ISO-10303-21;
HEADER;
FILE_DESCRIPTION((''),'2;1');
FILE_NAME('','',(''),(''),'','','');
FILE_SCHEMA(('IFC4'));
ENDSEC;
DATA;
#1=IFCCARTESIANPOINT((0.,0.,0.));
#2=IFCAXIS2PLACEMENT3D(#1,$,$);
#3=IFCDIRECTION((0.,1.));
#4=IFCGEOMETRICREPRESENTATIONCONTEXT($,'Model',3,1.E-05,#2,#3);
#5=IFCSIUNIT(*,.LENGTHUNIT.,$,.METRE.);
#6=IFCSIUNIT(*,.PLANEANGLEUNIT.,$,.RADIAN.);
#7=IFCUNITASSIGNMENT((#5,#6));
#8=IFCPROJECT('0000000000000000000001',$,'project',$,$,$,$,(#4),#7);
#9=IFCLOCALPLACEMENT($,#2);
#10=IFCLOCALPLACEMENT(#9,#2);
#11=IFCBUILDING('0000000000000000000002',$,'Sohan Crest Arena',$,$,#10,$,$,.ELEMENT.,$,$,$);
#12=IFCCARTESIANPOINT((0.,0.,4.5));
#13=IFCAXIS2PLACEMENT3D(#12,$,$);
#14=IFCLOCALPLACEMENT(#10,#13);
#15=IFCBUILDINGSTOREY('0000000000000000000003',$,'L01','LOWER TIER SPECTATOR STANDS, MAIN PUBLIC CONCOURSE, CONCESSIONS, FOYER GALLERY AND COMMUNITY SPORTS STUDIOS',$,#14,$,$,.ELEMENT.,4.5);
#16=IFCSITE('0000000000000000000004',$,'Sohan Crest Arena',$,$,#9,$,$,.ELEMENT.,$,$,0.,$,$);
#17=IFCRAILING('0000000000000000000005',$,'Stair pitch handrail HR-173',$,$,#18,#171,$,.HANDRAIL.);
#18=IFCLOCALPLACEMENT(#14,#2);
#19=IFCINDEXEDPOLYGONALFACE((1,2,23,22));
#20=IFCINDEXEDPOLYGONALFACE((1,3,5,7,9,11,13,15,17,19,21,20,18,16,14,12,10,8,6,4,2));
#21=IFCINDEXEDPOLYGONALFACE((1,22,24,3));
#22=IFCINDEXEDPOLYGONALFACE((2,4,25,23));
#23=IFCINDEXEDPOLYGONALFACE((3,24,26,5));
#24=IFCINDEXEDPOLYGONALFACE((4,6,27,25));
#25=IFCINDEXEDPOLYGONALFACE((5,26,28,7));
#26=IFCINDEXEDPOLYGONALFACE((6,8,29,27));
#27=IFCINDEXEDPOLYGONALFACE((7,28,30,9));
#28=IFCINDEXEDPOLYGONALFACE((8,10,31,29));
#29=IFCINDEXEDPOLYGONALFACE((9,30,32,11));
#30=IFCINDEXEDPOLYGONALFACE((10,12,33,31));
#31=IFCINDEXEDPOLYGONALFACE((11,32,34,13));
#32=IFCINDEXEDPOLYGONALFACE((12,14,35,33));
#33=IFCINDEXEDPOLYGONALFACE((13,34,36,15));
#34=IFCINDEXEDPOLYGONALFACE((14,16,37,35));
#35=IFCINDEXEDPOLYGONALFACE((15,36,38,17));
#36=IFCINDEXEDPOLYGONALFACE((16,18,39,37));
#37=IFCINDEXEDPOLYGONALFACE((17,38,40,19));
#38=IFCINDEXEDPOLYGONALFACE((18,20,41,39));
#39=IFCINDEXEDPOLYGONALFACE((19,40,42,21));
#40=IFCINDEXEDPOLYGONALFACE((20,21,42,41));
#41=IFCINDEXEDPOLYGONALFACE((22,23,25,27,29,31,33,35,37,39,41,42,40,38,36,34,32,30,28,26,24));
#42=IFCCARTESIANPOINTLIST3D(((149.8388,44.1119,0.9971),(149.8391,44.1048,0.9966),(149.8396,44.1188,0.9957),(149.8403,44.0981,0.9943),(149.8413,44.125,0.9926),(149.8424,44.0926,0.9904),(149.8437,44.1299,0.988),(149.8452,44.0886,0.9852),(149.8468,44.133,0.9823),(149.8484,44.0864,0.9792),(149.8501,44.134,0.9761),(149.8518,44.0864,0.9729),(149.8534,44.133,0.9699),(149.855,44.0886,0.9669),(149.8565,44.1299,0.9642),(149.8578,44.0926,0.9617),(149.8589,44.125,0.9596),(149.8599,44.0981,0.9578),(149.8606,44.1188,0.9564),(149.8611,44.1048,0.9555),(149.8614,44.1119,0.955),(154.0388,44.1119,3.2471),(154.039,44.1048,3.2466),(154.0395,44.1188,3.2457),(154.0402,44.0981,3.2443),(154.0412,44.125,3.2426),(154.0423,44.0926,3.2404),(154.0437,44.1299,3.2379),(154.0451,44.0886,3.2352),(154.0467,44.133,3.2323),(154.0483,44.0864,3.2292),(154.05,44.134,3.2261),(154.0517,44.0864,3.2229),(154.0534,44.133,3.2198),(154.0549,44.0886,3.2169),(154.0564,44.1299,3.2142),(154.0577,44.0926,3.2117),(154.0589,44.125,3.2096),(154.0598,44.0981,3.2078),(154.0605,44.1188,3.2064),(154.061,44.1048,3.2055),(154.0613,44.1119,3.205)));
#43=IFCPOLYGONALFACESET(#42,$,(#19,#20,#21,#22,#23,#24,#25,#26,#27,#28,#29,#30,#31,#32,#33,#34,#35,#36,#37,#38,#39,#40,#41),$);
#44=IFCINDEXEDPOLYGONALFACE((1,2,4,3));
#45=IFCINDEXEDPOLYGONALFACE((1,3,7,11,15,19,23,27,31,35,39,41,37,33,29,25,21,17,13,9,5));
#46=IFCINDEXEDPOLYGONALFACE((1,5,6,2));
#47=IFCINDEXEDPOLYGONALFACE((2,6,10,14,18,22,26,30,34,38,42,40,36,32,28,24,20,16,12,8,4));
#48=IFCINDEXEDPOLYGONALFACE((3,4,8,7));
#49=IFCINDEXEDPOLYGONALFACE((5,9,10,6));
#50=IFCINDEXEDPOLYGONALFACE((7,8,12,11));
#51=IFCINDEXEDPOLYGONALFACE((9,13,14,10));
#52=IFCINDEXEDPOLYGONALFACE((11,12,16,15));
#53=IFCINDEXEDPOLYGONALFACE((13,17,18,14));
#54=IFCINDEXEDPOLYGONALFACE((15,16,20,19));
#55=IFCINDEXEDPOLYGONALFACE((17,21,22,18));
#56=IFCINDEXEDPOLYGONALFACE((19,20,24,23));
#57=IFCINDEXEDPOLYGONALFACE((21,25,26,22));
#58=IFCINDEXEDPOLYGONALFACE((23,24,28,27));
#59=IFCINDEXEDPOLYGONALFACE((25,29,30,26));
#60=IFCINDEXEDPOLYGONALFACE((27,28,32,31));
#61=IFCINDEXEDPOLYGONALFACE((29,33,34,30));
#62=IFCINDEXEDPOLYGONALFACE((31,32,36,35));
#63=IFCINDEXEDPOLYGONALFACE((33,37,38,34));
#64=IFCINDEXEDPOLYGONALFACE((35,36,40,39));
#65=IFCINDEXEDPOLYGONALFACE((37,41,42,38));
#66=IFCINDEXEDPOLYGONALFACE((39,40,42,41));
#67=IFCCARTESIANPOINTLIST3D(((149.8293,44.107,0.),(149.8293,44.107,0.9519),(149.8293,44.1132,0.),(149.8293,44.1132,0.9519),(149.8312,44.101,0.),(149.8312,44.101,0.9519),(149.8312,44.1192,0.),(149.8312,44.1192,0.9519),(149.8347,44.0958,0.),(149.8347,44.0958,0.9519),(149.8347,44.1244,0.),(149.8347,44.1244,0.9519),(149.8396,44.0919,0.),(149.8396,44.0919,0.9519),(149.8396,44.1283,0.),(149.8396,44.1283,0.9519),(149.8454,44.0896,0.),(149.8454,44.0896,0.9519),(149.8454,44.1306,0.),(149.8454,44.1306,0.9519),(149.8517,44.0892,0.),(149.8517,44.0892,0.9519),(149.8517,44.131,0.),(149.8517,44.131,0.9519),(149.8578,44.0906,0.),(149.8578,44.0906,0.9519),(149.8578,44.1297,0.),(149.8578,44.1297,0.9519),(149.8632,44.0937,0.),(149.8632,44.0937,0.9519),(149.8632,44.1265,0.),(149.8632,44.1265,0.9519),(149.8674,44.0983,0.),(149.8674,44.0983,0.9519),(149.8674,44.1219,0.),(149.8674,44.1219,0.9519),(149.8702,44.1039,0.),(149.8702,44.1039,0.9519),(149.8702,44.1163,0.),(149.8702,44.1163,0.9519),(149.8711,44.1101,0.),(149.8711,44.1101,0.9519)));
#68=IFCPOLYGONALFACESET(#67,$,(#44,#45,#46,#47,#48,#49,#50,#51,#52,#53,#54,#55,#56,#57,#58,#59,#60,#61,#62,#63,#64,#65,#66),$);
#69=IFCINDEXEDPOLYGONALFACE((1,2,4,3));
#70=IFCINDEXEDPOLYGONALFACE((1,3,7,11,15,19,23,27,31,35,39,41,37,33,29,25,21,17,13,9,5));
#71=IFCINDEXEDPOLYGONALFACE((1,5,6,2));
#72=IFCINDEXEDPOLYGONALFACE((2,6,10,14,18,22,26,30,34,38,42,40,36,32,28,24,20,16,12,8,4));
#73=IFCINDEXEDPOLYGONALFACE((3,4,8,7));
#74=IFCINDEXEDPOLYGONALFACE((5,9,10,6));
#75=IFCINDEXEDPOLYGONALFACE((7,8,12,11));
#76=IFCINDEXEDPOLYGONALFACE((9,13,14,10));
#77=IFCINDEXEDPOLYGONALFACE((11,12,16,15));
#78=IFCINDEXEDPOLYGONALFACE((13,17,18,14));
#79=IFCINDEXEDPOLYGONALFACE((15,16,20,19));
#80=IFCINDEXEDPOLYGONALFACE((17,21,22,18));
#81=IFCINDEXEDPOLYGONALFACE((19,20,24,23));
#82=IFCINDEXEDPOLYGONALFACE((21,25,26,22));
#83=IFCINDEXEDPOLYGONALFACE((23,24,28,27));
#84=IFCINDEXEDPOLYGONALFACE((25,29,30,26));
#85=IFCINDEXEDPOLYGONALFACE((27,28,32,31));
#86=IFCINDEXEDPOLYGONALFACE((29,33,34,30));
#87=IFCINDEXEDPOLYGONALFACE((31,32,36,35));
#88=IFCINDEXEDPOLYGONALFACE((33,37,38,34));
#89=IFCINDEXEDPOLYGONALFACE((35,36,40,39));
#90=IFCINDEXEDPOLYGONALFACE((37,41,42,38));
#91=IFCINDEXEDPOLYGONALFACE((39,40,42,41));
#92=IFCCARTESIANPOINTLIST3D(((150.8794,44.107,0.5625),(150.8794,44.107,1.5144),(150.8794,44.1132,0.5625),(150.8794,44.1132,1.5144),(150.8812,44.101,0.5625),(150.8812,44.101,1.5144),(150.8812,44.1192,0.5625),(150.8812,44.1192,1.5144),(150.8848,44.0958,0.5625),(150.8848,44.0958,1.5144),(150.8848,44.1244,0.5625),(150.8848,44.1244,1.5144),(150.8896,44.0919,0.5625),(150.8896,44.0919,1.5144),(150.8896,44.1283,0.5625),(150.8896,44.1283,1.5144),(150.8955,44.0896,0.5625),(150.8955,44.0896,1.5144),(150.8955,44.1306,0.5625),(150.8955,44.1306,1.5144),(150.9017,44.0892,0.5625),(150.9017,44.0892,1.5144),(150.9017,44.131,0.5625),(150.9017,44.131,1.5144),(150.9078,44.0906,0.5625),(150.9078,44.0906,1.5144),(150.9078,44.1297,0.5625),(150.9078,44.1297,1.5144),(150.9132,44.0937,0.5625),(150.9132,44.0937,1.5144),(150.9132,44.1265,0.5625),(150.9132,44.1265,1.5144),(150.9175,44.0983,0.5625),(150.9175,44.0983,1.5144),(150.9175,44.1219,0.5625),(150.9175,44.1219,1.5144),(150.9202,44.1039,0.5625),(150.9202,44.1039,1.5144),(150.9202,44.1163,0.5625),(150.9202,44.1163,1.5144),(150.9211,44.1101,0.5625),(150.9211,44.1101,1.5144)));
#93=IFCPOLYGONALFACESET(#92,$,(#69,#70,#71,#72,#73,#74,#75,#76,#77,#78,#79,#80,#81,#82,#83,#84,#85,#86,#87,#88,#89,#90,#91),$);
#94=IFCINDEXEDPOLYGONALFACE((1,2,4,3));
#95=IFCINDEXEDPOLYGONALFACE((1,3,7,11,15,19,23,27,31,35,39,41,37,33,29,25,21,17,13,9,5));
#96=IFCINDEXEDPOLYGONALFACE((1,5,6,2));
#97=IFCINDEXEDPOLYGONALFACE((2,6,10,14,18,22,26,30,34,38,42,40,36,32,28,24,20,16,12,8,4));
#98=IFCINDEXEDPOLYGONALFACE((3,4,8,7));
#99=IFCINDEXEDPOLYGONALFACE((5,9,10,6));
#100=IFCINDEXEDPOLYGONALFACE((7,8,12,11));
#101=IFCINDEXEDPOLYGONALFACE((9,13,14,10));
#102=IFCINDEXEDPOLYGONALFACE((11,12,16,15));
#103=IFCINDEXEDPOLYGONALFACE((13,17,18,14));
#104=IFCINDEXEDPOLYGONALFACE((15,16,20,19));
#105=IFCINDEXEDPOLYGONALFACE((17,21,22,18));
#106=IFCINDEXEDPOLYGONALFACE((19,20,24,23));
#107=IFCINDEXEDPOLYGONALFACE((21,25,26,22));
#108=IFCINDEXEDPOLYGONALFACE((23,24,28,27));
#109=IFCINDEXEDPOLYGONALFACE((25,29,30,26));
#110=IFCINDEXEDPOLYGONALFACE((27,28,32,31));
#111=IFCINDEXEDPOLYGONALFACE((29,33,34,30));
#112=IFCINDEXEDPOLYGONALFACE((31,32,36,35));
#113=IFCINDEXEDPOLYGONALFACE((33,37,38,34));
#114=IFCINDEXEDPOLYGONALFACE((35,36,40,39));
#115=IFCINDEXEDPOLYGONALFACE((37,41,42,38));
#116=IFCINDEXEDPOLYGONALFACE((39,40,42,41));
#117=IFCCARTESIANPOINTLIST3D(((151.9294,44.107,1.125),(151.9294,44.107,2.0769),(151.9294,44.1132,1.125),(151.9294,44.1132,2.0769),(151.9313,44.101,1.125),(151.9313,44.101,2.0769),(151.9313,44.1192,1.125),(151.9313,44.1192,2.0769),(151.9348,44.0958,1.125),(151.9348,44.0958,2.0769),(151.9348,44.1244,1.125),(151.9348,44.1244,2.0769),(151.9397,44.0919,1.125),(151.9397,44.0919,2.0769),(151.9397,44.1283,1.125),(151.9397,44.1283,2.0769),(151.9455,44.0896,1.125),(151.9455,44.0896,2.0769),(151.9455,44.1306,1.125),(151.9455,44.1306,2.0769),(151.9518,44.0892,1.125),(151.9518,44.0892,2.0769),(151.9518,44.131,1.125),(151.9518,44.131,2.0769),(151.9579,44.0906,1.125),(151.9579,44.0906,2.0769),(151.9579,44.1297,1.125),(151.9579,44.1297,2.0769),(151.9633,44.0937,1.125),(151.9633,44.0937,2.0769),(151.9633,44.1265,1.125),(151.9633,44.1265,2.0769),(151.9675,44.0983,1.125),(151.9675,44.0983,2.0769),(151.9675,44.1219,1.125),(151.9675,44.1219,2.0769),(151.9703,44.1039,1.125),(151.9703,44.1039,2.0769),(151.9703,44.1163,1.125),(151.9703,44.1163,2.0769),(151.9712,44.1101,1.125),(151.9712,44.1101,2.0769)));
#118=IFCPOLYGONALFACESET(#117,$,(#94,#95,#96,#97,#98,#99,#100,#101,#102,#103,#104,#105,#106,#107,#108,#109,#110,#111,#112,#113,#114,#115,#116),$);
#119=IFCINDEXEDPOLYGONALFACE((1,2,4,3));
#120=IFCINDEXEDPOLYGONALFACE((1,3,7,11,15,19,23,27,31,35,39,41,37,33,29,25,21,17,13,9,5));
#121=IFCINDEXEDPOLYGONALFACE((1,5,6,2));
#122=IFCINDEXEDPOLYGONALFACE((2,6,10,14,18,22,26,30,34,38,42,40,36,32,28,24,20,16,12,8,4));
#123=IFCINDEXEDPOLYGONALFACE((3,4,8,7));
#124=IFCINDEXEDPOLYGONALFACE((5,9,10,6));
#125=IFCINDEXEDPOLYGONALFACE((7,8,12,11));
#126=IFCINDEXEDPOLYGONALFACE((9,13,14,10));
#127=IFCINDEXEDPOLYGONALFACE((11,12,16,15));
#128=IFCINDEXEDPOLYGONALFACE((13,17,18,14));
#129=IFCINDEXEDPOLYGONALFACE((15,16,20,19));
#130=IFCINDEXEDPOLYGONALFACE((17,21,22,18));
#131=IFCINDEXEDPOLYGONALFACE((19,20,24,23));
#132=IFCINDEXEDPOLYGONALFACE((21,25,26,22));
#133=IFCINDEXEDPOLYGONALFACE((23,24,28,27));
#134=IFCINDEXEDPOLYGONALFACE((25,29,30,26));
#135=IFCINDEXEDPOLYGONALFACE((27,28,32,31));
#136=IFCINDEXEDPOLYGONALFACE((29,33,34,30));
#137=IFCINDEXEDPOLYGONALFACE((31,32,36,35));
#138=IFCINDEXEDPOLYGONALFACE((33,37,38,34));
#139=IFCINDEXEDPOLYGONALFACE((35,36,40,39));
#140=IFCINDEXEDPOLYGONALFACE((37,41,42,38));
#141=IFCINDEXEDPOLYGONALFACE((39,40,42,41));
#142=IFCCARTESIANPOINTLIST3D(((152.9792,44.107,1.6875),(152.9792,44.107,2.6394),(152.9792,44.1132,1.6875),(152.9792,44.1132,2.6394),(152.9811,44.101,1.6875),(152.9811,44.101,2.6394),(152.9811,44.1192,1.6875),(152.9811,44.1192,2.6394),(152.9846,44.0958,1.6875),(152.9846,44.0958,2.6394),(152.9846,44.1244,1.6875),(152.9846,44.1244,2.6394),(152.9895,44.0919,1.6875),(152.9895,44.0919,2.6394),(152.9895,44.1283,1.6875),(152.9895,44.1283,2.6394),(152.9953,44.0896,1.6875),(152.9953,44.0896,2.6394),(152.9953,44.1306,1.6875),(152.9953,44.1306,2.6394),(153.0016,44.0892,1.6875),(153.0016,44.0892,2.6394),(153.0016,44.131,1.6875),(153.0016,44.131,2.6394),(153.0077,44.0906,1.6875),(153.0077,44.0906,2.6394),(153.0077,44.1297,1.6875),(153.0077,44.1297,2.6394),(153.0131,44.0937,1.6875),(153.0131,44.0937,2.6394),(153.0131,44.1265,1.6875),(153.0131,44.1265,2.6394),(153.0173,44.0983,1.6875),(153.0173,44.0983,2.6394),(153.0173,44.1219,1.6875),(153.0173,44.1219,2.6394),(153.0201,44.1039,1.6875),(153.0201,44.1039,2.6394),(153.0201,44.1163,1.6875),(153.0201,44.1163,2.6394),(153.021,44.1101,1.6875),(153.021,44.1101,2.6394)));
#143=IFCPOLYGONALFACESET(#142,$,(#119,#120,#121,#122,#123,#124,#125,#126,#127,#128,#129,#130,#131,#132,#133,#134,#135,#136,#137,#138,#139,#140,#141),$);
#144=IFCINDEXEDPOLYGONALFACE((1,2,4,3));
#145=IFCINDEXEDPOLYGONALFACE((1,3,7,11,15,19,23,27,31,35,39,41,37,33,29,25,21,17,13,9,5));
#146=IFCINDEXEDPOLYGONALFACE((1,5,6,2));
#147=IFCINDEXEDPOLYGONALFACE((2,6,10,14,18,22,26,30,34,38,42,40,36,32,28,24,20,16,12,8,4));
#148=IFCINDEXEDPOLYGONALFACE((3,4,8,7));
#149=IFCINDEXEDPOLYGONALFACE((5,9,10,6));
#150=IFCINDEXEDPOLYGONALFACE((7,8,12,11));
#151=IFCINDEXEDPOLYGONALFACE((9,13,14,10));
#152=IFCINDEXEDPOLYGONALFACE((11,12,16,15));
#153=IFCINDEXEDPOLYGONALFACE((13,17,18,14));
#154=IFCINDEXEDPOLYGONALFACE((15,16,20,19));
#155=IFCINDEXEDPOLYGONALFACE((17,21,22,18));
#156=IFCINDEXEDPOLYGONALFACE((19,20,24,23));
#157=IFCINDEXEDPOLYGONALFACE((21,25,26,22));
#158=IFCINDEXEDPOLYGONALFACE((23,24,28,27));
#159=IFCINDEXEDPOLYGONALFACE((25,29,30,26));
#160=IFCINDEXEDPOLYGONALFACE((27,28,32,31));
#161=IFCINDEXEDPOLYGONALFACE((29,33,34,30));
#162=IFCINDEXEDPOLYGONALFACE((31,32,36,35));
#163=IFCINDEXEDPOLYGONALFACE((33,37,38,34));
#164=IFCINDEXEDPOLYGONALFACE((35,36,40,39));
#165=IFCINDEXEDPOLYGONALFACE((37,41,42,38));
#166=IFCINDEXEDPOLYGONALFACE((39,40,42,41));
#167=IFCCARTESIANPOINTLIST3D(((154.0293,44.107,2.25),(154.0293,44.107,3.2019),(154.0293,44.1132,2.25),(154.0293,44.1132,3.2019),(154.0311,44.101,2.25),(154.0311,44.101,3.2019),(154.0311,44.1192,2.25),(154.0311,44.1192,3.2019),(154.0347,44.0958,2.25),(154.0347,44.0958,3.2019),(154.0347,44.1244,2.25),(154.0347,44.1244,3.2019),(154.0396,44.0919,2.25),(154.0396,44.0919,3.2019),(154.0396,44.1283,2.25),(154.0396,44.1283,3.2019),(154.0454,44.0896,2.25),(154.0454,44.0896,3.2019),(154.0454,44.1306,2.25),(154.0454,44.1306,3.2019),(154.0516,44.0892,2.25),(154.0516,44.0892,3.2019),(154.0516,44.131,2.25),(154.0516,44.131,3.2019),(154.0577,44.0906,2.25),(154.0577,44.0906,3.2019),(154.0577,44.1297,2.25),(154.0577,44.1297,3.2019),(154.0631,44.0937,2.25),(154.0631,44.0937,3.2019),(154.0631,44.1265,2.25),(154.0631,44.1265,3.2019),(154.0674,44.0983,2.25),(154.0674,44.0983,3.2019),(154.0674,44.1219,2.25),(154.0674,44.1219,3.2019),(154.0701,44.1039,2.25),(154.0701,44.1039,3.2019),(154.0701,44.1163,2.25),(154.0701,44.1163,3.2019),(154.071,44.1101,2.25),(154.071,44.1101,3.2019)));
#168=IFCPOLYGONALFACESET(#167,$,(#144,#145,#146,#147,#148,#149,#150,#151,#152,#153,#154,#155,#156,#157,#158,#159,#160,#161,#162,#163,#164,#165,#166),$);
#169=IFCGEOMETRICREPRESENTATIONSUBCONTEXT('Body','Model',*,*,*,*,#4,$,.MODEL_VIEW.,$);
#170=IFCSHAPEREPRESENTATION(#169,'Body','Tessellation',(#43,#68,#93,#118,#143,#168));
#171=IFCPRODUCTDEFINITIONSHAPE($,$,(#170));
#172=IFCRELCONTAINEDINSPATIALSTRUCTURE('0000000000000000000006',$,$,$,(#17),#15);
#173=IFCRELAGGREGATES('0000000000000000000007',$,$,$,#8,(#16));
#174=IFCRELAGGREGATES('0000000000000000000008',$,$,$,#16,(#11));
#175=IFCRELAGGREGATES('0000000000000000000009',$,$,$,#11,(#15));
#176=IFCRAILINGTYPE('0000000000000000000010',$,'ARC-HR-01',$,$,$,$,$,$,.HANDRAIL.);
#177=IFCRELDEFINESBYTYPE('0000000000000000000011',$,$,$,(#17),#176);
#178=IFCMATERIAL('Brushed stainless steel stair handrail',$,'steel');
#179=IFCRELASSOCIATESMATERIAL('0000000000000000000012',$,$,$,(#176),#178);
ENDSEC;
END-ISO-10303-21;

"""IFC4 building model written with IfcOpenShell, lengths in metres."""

from ifc_helpers import new_model, si_unit, direction, frame, origin, origin_2d, place, context, subcontext, project, spatial, circle, extrude, material, type_object, element, save


model = new_model("IFC4")

# Units and contexts
model_context = context("Model", 3, precision=1e-05, world=origin(), true_north=direction((0.0, 1.0)))
body_context = subcontext(model_context, "Body", "Model", "MODEL_VIEW")
ifc_project = project(units=[si_unit("LENGTHUNIT", "METRE"), si_unit("PLANEANGLEUNIT", "RADIAN")], contexts=[model_context])

# Site, building, storey
site_placement = place(None, origin())
site = spatial("IfcSite", under=ifc_project, at=site_placement, Name="Sohan Crest Arena", CompositionType="ELEMENT", RefElevation=0.0)
building_placement = place(site_placement, origin())
building = spatial("IfcBuilding", under=site, at=building_placement, Name="Sohan Crest Arena", CompositionType="ELEMENT")
storey_placement = place(building_placement, frame((0.0, 0.0, 4.5)))
storey = spatial("IfcBuildingStorey", under=building, at=storey_placement, Name="L01", Description="LOWER TIER SPECTATOR STANDS, MAIN PUBLIC CONCOURSE, CONCESSIONS, FOYER GALLERY AND COMMUNITY SPORTS STUDIOS", CompositionType="ELEMENT", Elevation=4.5)

# Railing
ifc_material_1 = material(Name="Brushed stainless steel stair handrail", Category="steel")
railing_type_1 = type_object("IfcRailingType", Name="ARC-HR-01", PredefinedType="HANDRAIL", material=ifc_material_1)
for number, where, name in (
    (1, (149.8501, 44.1101, 0.0), "Stair pitch handrail HR-173"),
):
    element("IfcRailing", number, at=place(storey_placement, frame(where)), inside=storey, type_object=railing_type_1, Name=name, PredefinedType="HANDRAIL", context=body_context, shape_type="SweptSolid", body=[
        extrude(circle(Radius=0.0239, at=origin_2d()), frame((0.0, 0.0, 0.9761), z_axis=(0.881478, 0.0, 0.472226), x_axis=(0.0, 1.0, 0.0)), (0.0, 0.0, 1.0), 4.7646),
        extrude(circle(Radius=0.021, at=origin_2d()), origin(), (0.0, 0.0, 1.0), 0.9519),
        extrude(circle(Radius=0.021, at=origin_2d()), frame((1.05, 0.0, 0.5625)), (0.0, 0.0, 1.0), 0.9519),
        extrude(circle(Radius=0.021, at=origin_2d()), frame((2.1001, 0.0, 1.125)), (0.0, 0.0, 1.0), 0.9519),
        extrude(circle(Radius=0.021, at=origin_2d()), frame((3.1499, 0.0, 1.6875)), (0.0, 0.0, 1.0), 0.9519),
        extrude(circle(Radius=0.021, at=origin_2d()), frame((4.2, 0.0, 2.25)), (0.0, 0.0, 1.0), 0.9519),
    ])

save(model, "model.ifc")
